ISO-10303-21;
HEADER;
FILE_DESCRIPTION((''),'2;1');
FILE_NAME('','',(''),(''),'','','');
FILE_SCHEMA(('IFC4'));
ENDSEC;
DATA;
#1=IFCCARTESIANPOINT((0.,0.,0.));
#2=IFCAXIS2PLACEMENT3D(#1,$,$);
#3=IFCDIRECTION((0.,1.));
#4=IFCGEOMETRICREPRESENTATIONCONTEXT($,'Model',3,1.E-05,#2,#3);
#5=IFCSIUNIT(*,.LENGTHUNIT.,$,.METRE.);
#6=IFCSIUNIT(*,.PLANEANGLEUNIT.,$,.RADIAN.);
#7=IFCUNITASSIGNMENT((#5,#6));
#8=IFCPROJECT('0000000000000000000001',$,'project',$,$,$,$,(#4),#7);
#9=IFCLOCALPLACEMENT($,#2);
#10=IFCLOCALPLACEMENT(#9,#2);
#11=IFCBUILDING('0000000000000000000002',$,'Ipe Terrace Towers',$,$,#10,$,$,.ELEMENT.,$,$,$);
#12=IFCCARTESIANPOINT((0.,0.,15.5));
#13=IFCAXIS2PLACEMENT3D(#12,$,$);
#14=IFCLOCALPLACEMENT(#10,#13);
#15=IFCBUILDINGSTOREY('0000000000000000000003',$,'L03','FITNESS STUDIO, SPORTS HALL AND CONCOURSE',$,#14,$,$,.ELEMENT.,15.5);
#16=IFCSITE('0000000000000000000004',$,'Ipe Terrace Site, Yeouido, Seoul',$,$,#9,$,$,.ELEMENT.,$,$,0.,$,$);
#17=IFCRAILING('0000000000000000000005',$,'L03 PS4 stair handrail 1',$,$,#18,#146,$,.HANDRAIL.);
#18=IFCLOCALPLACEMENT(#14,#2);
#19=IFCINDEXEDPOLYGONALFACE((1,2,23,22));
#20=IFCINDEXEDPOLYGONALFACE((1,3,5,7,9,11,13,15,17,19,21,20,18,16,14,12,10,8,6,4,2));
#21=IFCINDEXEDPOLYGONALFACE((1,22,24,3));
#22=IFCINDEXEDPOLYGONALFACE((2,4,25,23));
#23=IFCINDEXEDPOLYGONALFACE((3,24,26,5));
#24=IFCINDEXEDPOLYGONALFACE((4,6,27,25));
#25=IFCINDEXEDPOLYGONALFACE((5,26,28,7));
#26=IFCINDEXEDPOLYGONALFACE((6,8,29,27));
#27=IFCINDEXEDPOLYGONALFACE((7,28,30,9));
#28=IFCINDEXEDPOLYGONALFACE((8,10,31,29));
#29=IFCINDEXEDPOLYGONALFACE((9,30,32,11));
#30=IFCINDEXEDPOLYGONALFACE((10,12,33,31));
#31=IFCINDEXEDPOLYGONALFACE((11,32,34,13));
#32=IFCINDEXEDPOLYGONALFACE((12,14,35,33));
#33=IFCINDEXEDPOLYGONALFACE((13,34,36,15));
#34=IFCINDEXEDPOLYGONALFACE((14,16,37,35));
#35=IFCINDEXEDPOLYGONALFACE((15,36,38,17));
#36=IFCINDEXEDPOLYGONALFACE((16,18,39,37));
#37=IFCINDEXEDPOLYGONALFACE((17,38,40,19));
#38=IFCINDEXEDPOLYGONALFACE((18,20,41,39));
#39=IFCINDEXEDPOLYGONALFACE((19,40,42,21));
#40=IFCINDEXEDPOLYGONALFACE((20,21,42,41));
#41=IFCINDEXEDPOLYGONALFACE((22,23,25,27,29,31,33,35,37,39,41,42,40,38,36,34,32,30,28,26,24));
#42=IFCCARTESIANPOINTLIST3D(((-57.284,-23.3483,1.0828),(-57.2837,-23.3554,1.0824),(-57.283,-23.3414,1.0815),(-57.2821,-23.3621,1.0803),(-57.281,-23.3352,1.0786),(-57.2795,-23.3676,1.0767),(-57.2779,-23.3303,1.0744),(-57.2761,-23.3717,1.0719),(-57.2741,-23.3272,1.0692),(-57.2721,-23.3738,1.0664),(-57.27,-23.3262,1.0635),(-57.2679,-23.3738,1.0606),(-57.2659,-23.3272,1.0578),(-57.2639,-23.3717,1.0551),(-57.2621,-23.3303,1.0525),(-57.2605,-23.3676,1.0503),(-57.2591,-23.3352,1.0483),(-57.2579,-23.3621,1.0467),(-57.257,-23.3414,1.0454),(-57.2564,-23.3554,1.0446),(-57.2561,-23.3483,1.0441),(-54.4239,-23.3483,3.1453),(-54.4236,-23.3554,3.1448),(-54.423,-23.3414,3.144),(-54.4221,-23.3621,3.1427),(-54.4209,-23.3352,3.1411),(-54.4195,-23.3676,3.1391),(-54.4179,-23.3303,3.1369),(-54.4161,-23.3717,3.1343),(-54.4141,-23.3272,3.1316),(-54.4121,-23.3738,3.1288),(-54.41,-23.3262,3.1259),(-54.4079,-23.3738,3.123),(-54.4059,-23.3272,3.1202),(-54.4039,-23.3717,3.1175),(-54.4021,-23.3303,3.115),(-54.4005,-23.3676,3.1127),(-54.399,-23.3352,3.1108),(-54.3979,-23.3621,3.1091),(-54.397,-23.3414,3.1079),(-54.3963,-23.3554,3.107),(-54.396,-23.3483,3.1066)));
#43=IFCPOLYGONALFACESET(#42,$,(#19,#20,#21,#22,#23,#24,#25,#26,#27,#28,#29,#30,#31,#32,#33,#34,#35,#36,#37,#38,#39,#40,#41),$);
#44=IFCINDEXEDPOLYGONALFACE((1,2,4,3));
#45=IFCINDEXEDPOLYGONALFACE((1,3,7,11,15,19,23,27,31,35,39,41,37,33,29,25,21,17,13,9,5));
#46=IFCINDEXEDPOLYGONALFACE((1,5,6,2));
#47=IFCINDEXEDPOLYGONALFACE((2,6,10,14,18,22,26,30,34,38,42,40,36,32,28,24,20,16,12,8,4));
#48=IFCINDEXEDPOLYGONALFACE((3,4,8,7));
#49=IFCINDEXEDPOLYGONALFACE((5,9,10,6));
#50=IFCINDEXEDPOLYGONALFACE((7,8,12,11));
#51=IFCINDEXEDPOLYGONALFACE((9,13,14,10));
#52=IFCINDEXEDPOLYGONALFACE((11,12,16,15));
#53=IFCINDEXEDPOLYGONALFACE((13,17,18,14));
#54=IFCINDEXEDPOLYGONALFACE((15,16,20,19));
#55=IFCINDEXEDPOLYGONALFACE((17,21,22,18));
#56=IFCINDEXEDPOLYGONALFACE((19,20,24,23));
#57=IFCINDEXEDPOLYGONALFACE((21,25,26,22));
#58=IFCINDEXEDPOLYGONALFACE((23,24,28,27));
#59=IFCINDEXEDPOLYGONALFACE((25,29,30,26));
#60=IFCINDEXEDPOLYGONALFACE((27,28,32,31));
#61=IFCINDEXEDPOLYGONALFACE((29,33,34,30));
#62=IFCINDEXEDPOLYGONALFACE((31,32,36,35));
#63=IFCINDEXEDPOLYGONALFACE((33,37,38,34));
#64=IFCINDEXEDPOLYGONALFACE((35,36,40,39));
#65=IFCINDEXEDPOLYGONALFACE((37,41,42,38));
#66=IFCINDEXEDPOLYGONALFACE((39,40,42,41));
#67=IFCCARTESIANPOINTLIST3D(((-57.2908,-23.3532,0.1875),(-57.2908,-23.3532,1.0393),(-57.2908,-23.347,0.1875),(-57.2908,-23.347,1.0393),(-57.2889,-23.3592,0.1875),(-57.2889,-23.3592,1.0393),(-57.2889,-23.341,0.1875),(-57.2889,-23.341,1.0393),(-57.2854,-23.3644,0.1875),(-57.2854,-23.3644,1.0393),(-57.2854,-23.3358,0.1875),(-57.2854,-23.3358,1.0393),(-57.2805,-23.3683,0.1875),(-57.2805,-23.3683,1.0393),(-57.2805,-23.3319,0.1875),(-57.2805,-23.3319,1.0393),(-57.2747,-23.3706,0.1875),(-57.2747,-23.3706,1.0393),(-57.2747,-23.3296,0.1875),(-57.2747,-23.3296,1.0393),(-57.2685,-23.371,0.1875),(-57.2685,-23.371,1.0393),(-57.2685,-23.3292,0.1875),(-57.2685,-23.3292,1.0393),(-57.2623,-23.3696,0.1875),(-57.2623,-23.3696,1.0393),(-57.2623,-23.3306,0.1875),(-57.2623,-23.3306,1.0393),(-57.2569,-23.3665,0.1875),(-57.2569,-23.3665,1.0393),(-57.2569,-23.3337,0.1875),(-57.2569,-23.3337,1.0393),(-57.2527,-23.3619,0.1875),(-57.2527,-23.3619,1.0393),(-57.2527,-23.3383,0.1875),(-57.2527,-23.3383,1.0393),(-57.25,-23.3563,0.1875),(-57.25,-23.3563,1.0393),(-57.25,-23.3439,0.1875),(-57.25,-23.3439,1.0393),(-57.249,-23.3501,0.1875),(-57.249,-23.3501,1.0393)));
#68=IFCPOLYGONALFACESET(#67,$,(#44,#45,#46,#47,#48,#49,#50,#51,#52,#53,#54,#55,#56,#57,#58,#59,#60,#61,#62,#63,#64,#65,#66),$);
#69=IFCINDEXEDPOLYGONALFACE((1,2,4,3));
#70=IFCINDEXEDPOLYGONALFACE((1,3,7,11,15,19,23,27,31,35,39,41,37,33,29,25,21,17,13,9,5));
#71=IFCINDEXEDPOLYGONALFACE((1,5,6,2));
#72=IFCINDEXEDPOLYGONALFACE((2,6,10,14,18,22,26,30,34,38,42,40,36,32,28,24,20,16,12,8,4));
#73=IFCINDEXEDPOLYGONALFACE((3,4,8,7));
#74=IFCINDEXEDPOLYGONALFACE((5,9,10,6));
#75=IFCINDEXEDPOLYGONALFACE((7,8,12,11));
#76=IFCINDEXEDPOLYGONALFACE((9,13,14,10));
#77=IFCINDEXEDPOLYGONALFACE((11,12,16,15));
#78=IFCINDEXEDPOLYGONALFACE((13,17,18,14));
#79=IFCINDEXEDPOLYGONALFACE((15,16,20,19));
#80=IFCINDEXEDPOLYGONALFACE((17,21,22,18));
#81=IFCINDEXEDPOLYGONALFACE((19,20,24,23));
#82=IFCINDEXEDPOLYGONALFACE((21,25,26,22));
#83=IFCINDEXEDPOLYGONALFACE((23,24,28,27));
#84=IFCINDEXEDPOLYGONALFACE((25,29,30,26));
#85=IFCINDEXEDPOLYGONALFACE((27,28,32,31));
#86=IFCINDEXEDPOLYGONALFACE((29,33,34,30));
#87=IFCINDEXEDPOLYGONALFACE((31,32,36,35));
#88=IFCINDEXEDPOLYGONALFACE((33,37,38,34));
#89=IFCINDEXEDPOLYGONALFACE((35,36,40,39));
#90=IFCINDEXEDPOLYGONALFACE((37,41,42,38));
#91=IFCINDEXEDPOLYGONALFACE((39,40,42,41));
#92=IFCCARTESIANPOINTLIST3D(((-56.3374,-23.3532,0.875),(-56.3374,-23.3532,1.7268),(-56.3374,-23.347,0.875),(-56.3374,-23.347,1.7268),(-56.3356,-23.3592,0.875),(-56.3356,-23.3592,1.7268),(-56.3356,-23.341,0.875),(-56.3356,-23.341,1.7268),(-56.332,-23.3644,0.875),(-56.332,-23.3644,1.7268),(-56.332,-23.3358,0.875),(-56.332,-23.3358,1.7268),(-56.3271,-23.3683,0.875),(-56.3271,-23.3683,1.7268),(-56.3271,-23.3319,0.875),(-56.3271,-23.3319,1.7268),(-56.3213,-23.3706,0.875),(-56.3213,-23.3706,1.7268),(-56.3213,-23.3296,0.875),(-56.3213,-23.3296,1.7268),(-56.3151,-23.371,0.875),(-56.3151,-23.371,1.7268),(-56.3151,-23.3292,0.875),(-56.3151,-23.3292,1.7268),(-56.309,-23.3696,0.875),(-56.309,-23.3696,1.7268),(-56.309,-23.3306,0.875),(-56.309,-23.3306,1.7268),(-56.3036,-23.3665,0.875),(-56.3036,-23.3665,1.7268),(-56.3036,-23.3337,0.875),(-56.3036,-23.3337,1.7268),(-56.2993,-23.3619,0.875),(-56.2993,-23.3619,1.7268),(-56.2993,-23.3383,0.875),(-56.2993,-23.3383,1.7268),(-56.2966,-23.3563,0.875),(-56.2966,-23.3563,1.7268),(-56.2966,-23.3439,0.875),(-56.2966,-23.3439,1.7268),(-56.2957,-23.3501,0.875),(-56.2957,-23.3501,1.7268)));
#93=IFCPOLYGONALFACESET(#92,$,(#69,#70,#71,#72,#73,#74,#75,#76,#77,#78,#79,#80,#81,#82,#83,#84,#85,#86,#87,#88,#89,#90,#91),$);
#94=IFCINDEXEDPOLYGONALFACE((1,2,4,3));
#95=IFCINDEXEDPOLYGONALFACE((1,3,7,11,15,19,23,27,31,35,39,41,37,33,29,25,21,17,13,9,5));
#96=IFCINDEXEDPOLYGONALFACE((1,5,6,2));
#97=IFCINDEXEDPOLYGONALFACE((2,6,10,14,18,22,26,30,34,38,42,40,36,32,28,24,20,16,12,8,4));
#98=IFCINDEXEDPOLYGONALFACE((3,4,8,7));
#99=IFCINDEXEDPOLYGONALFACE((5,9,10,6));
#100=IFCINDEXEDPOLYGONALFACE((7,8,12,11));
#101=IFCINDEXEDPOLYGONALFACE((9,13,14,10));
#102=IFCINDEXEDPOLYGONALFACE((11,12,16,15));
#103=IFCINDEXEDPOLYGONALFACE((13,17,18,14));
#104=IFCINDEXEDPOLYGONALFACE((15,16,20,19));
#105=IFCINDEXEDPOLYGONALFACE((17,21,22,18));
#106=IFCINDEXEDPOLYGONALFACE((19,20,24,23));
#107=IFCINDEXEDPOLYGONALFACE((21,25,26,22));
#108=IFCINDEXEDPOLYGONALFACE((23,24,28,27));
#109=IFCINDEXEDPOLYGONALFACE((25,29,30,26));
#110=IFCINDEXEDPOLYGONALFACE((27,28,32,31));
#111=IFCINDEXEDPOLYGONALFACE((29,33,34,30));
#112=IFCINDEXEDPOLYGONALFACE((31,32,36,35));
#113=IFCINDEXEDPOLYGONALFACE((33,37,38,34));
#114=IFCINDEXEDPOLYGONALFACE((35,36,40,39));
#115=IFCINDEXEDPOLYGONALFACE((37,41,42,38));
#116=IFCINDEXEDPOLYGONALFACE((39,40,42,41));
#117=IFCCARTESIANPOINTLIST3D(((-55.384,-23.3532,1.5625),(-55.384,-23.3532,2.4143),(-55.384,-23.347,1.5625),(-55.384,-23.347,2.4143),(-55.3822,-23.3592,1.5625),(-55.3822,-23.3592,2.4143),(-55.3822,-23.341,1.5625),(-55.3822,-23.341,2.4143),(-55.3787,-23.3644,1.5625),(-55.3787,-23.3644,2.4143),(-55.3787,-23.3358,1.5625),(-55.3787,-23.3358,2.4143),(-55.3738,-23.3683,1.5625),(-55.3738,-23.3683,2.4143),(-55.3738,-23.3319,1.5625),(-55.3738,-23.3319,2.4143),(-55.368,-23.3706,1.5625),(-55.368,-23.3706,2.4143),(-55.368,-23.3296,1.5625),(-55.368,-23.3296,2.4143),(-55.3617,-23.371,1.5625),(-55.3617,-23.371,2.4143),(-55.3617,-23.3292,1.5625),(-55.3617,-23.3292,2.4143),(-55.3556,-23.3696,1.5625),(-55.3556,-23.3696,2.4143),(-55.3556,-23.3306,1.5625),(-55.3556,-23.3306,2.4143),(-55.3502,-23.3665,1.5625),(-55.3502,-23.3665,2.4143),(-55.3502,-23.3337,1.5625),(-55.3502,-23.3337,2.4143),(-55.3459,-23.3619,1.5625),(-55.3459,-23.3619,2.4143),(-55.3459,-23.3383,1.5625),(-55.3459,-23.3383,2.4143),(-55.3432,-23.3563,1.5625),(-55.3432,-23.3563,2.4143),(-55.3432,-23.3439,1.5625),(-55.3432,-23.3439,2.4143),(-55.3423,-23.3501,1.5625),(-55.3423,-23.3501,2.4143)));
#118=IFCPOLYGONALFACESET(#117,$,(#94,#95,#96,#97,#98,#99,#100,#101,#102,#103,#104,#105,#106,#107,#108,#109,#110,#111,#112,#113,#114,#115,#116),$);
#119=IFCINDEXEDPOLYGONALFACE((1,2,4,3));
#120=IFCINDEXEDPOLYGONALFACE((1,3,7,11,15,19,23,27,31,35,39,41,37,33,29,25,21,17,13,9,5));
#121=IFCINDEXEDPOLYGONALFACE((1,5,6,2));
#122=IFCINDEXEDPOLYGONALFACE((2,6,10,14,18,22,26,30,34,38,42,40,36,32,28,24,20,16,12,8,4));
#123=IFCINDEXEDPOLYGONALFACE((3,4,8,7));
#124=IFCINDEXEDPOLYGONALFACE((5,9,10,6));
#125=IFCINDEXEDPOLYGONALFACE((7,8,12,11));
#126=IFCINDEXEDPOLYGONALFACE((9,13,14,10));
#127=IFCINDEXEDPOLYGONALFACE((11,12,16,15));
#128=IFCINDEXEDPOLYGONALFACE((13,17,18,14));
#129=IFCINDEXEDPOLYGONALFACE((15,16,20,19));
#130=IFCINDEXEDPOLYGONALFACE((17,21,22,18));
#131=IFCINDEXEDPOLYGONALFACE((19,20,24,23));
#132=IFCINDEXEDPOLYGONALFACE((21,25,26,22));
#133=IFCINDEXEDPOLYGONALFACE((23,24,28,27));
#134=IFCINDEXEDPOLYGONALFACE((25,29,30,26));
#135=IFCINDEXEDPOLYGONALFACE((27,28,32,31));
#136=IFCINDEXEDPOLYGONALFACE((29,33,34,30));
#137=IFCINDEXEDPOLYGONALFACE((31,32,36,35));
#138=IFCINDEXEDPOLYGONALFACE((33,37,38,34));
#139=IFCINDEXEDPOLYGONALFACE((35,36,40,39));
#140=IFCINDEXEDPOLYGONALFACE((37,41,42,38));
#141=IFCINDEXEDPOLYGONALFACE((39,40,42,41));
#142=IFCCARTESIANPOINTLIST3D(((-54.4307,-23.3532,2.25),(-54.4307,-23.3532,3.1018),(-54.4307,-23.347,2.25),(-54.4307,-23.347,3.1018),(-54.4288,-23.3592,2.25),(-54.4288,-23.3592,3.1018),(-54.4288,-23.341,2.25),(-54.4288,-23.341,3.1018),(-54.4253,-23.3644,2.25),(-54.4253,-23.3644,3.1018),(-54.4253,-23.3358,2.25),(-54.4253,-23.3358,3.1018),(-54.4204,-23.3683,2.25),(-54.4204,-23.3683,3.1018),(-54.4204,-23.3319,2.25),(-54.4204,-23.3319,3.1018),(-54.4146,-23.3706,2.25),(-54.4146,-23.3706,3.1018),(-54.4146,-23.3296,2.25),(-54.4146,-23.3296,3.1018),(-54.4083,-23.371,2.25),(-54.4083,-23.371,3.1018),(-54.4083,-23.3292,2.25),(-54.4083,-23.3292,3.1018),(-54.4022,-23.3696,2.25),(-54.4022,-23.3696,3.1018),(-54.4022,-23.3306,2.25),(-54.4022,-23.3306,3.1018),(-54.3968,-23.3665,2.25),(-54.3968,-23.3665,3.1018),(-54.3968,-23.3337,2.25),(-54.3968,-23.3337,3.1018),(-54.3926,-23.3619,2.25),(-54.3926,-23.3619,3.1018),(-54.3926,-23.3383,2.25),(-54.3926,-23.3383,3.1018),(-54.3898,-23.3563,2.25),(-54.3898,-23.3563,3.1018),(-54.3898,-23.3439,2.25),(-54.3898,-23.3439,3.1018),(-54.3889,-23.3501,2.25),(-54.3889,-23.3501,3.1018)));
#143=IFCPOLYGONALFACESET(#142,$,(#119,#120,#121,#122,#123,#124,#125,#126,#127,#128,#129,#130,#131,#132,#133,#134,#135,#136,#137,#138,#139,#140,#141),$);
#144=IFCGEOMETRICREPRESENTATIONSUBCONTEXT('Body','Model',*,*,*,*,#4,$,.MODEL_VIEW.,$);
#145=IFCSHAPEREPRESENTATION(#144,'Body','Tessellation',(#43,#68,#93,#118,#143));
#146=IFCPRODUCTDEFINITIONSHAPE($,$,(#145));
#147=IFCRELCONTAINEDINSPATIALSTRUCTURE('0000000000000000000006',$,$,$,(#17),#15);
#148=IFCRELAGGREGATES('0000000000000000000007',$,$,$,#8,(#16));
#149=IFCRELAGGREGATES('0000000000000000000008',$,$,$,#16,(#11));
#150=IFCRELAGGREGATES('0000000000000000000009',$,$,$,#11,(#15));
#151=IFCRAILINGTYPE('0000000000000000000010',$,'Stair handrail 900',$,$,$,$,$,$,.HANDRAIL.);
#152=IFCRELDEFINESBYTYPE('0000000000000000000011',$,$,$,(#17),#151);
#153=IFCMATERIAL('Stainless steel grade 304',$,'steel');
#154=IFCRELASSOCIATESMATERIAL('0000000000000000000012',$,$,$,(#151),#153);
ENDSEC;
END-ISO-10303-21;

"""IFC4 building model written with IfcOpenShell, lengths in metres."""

from ifc_helpers import new_model, si_unit, direction, frame, origin, origin_2d, place, context, subcontext, project, spatial, circle, extrude, material, type_object, element, save


model = new_model("IFC4")

# Units and contexts
model_context = context("Model", 3, precision=1e-05, world=origin(), true_north=direction((0.0, 1.0)))
body_context = subcontext(model_context, "Body", "Model", "MODEL_VIEW")
ifc_project = project(units=[si_unit("LENGTHUNIT", "METRE"), si_unit("PLANEANGLEUNIT", "RADIAN")], contexts=[model_context])

# Site, building, storey
site_placement = place(None, origin())
site = spatial("IfcSite", under=ifc_project, at=site_placement, Name="Ipe Terrace Site, Yeouido, Seoul", CompositionType="ELEMENT", RefElevation=0.0)
building_placement = place(site_placement, origin())
building = spatial("IfcBuilding", under=site, at=building_placement, Name="Ipe Terrace Towers", CompositionType="ELEMENT")
storey_placement = place(building_placement, frame((0.0, 0.0, 15.5)))
storey = spatial("IfcBuildingStorey", under=building, at=storey_placement, Name="L03", Description="FITNESS STUDIO, SPORTS HALL AND CONCOURSE", CompositionType="ELEMENT", Elevation=15.5)

# Railing
ifc_material_1 = material(Name="Stainless steel grade 304", Category="steel")
railing_type_1 = type_object("IfcRailingType", Name="Stair handrail 900", PredefinedType="HANDRAIL", material=ifc_material_1)
for number, where, name in (
    (1, (-57.27, -23.3501, 0.1875), "L03 PS4 stair handrail 1"),
):
    element("IfcRailing", number, at=place(storey_placement, frame(where)), inside=storey, type_object=railing_type_1, Name=name, PredefinedType="HANDRAIL", context=body_context, shape_type="SweptSolid", body=[
        extrude(circle(Radius=0.0239, at=origin_2d()), frame((0.0, 0.0, 0.876), z_axis=(0.811101, 0.0, 0.584906), x_axis=(0.0, 1.0, 0.0)), (0.0, 0.0, 1.0), 3.5261),
        extrude(circle(Radius=0.021, at=origin_2d()), origin(), (0.0, 0.0, 1.0), 0.8518),
        extrude(circle(Radius=0.021, at=origin_2d()), frame((0.9534, 0.0, 0.6875)), (0.0, 0.0, 1.0), 0.8518),
        extrude(circle(Radius=0.021, at=origin_2d()), frame((1.9067, 0.0, 1.375)), (0.0, 0.0, 1.0), 0.8518),
        extrude(circle(Radius=0.021, at=origin_2d()), frame((2.8601, 0.0, 2.0625)), (0.0, 0.0, 1.0), 0.8518),
    ])

save(model, "model.ifc")
